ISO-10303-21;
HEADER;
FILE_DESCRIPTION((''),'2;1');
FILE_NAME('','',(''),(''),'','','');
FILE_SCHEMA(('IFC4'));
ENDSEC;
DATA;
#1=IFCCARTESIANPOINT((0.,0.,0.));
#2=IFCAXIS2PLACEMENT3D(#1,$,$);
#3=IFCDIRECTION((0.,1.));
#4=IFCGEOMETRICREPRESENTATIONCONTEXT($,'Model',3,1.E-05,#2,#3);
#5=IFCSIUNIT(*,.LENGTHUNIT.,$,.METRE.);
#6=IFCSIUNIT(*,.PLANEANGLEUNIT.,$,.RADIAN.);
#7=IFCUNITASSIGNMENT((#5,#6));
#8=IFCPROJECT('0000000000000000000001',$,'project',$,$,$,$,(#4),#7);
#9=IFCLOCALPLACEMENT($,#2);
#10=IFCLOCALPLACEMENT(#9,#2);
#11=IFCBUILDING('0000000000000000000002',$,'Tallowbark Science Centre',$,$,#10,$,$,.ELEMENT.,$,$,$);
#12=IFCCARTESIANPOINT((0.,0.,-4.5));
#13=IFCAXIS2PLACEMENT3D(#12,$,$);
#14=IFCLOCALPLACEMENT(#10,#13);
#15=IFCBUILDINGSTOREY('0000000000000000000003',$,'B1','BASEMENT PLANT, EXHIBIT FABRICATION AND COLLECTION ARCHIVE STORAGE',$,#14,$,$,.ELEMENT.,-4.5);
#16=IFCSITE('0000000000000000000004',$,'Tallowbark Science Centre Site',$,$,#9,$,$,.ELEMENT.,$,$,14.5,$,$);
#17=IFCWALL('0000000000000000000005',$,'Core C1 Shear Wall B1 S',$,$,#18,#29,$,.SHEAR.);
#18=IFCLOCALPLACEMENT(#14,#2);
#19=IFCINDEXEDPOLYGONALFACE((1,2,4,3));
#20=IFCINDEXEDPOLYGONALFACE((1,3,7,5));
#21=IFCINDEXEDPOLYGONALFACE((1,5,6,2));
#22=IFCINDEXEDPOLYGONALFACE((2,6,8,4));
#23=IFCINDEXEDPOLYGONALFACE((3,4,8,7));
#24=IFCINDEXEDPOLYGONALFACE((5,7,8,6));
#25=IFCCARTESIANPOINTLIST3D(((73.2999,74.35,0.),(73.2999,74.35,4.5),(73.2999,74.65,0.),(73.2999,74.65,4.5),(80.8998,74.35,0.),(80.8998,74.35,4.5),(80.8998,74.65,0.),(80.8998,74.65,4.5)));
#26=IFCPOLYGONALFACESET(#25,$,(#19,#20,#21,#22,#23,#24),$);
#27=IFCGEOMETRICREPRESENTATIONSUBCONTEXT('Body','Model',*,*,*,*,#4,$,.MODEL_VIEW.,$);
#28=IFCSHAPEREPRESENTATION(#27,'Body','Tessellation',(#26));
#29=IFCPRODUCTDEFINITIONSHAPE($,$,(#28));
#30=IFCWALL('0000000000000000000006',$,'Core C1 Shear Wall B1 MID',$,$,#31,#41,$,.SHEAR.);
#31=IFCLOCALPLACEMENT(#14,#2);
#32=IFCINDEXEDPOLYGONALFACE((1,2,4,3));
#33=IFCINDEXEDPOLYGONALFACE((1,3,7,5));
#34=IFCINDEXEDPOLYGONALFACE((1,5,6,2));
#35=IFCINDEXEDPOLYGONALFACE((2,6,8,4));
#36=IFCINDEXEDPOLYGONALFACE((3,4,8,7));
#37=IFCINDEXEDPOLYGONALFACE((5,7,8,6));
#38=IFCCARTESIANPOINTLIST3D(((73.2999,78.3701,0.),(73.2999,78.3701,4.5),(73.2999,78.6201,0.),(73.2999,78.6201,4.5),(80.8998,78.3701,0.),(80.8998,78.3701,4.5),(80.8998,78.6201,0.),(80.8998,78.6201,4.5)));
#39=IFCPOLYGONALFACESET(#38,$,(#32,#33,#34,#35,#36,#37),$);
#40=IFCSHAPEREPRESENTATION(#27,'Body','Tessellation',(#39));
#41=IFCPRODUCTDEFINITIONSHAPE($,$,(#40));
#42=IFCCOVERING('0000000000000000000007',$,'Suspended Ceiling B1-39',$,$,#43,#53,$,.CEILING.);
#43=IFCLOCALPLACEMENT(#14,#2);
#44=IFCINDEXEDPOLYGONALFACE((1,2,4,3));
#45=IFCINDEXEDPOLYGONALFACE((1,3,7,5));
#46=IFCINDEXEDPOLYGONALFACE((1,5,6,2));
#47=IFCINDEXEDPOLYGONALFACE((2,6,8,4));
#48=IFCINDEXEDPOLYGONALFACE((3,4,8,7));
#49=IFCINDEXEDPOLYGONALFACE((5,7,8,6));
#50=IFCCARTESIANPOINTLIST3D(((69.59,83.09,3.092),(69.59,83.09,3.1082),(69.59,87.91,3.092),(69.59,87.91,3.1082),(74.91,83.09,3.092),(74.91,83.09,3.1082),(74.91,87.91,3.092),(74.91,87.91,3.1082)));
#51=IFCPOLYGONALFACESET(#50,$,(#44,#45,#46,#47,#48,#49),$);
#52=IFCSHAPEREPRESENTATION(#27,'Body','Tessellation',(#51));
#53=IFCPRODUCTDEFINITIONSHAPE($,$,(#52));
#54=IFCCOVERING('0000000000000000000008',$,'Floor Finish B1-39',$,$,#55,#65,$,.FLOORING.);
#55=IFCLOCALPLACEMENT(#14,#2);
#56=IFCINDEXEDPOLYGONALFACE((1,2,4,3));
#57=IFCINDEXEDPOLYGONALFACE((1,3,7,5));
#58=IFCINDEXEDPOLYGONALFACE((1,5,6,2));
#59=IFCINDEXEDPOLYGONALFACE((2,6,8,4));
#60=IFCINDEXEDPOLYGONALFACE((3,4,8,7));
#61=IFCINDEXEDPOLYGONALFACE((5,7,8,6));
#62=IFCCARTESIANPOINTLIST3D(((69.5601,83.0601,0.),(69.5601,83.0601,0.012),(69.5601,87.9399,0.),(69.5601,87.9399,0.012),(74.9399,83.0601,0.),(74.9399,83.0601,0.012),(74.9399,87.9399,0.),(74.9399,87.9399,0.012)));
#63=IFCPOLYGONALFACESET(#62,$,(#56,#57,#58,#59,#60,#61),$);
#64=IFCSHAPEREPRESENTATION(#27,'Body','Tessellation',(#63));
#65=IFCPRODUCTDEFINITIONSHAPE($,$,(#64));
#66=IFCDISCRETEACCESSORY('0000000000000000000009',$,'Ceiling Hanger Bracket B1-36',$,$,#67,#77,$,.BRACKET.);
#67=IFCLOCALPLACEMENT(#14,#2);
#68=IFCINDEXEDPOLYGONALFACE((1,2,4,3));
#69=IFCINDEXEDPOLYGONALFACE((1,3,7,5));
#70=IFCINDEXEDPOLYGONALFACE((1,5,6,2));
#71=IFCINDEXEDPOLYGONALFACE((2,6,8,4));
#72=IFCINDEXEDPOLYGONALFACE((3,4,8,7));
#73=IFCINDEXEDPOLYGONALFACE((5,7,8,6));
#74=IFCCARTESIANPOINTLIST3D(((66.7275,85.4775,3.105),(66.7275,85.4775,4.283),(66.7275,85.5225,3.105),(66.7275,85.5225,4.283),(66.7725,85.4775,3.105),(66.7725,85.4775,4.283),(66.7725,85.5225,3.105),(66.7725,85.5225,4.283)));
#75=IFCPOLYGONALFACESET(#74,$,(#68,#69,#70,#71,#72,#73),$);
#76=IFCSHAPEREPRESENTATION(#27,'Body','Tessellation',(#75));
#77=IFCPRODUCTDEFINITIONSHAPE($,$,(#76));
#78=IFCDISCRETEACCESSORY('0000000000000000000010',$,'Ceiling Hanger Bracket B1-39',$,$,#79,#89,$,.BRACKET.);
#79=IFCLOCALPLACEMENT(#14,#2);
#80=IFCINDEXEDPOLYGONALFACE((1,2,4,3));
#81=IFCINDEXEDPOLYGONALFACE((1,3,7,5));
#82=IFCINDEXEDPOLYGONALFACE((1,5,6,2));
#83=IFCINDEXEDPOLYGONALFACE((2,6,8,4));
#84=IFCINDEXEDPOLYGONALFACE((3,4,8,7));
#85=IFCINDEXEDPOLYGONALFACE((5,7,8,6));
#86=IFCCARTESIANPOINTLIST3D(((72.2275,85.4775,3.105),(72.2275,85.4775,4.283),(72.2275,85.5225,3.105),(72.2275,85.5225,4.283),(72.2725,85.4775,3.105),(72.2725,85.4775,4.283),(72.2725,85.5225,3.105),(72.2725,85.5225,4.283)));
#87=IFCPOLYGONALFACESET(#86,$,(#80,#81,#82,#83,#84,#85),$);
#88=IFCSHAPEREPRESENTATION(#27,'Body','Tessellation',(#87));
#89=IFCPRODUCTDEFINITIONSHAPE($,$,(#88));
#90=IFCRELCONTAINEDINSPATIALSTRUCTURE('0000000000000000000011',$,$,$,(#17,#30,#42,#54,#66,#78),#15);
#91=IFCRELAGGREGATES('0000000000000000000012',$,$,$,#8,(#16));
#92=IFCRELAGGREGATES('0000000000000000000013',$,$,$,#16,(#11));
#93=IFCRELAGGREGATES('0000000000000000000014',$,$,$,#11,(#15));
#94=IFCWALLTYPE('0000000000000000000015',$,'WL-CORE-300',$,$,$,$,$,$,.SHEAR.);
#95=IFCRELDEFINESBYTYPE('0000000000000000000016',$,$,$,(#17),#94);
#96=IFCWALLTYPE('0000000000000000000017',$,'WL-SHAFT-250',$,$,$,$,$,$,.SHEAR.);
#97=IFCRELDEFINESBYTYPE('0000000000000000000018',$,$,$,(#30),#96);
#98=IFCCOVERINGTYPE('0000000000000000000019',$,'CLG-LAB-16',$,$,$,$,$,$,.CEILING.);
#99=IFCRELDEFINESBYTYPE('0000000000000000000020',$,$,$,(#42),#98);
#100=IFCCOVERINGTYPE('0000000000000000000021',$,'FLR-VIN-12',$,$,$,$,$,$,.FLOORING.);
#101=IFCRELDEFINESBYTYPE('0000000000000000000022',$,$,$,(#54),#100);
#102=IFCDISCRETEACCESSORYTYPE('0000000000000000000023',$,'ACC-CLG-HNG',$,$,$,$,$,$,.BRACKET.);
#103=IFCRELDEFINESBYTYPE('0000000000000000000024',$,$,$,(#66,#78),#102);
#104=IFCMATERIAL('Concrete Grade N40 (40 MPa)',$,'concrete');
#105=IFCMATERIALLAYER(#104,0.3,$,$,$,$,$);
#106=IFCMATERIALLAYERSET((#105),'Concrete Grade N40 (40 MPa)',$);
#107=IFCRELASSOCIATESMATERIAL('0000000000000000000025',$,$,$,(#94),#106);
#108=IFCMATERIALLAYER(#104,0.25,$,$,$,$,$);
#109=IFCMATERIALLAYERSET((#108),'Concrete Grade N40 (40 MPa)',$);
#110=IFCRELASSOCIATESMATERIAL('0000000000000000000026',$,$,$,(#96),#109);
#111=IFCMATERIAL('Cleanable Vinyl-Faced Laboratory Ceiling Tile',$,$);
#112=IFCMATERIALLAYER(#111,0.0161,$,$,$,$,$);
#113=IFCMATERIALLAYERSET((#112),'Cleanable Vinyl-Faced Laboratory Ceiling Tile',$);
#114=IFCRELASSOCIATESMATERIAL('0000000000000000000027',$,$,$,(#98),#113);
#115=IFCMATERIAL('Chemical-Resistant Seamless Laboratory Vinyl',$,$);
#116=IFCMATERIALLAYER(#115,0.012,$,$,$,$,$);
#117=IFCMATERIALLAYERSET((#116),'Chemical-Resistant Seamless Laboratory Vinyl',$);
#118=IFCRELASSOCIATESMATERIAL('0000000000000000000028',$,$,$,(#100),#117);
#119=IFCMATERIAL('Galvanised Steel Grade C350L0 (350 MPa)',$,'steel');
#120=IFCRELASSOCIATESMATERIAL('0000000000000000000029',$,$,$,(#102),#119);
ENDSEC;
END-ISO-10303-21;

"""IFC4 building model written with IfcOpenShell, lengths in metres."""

from ifc_helpers import new_model, si_unit, direction, frame, frame_2d, origin, origin_2d, place, context, subcontext, project, spatial, rectangle, extrude, material, layer, layer_set, type_object, element, save


model = new_model("IFC4")

# Units and contexts
model_context = context("Model", 3, precision=1e-05, world=origin(), true_north=direction((0.0, 1.0)))
body_context = subcontext(model_context, "Body", "Model", "MODEL_VIEW")
ifc_project = project(units=[si_unit("LENGTHUNIT", "METRE"), si_unit("PLANEANGLEUNIT", "RADIAN")], contexts=[model_context])

# Site, building, storey
site_placement = place(None, origin())
site = spatial("IfcSite", under=ifc_project, at=site_placement, Name="Tallowbark Science Centre Site", CompositionType="ELEMENT", RefElevation=14.5)
building_placement = place(site_placement, origin())
building = spatial("IfcBuilding", under=site, at=building_placement, Name="Tallowbark Science Centre", CompositionType="ELEMENT")
storey_placement = place(building_placement, frame((0.0, 0.0, -4.5)))
storey = spatial("IfcBuildingStorey", under=building, at=storey_placement, Name="B1", Description="BASEMENT PLANT, EXHIBIT FABRICATION AND COLLECTION ARCHIVE STORAGE", CompositionType="ELEMENT", Elevation=-4.5)

# Shared definitions
ifc_material_1 = material(Name="Concrete Grade N40 (40 MPa)", Category="concrete")

# Shared definitions
ifc_layer_1 = layer(ifc_material_1, 0.3)
ifc_layer_set_1 = layer_set([ifc_layer_1], Name="Concrete Grade N40 (40 MPa)")
wall_type_1 = type_object("IfcWallType", Name="WL-CORE-300", PredefinedType="SHEAR", material=ifc_layer_set_1)

# Walls
wall_1_placement = place(storey_placement, frame((73.3, 74.5, 0.0), z_axis=(0.0, 0.0, 1.0), x_axis=(1.0, 0.0, 0.0)))
element("IfcWall", 1, at=wall_1_placement, inside=storey, type_object=wall_type_1, Name="Core C1 Shear Wall B1 S", PredefinedType="SHEAR", context=body_context, shape_type="SweptSolid", body=[
    extrude(rectangle(XDim=7.5999, YDim=0.3, at=frame_2d((3.7998, 0.0))), origin(), (0.0, 0.0, 1.0), 4.5),
])
ifc_layer_2 = layer(ifc_material_1, 0.25)
ifc_layer_set_2 = layer_set([ifc_layer_2], Name="Concrete Grade N40 (40 MPa)")
wall_type_2 = type_object("IfcWallType", Name="WL-SHAFT-250", PredefinedType="SHEAR", material=ifc_layer_set_2)
wall_2_placement = place(storey_placement, frame((73.3, 78.4951, 0.0), z_axis=(0.0, 0.0, 1.0), x_axis=(1.0, 0.0, 0.0)))
element("IfcWall", 2, at=wall_2_placement, inside=storey, type_object=wall_type_2, Name="Core C1 Shear Wall B1 MID", PredefinedType="SHEAR", context=body_context, shape_type="SweptSolid", body=[
    extrude(rectangle(XDim=7.5999, YDim=0.25, at=frame_2d((3.7998, 0.0))), origin(), (0.0, 0.0, 1.0), 4.5),
])

# Coverings
ifc_material_2 = material(Name="Cleanable Vinyl-Faced Laboratory Ceiling Tile")
ifc_layer_3 = layer(ifc_material_2, 0.0161)
ifc_layer_set_3 = layer_set([ifc_layer_3], Name="Cleanable Vinyl-Faced Laboratory Ceiling Tile")
covering_type_1 = type_object("IfcCoveringType", Name="CLG-LAB-16", PredefinedType="CEILING", material=ifc_layer_set_3)
covering_1_placement = place(storey_placement, frame((72.25, 85.5, 3.092), z_axis=(0.0, 0.0, 1.0), x_axis=(1.0, 0.0, 0.0)))
element("IfcCovering", 3, at=covering_1_placement, inside=storey, type_object=covering_type_1, Name="Suspended Ceiling B1-39", PredefinedType="CEILING", context=body_context, shape_type="SweptSolid", body=[
    extrude(rectangle(XDim=5.3201, YDim=4.8201, at=origin_2d()), origin(), (0.0, 0.0, 1.0), 0.0161),
])
ifc_material_3 = material(Name="Chemical-Resistant Seamless Laboratory Vinyl")
ifc_layer_4 = layer(ifc_material_3, 0.012)
ifc_layer_set_4 = layer_set([ifc_layer_4], Name="Chemical-Resistant Seamless Laboratory Vinyl")
covering_type_2 = type_object("IfcCoveringType", Name="FLR-VIN-12", PredefinedType="FLOORING", material=ifc_layer_set_4)
covering_2_placement = place(storey_placement, frame((72.25, 85.5, 0.0), z_axis=(0.0, 0.0, 1.0), x_axis=(1.0, 0.0, 0.0)))
element("IfcCovering", 4, at=covering_2_placement, inside=storey, type_object=covering_type_2, Name="Floor Finish B1-39", PredefinedType="FLOORING", context=body_context, shape_type="SweptSolid", body=[
    extrude(rectangle(XDim=5.3799, YDim=4.8799, at=origin_2d()), origin(), (0.0, 0.0, 1.0), 0.012),
])

# Discrete accessories
ifc_material_4 = material(Name="Galvanised Steel Grade C350L0 (350 MPa)", Category="steel")
discrete_accessory_type = type_object("IfcDiscreteAccessoryType", Name="ACC-CLG-HNG", PredefinedType="BRACKET", material=ifc_material_4)
for number, where, z_axis, x_axis, name in (
    (5, (66.75, 85.5, 3.105), (0.0, 0.0, 1.0), (1.0, 0.0, 0.0), "Ceiling Hanger Bracket B1-36"),
    (6, (72.25, 85.5, 3.105), (0.0, 0.0, 1.0), (1.0, 0.0, 0.0), "Ceiling Hanger Bracket B1-39"),
):
    element("IfcDiscreteAccessory", number, at=place(storey_placement, frame(where, z_axis=z_axis, x_axis=x_axis)), inside=storey, type_object=discrete_accessory_type, Name=name, PredefinedType="BRACKET", context=body_context, shape_type="SweptSolid", body=[
        extrude(rectangle(XDim=0.0449, YDim=0.0449, at=origin_2d()), origin(), (0.0, 0.0, 1.0), 1.178),
    ])

save(model, "model.ifc")
